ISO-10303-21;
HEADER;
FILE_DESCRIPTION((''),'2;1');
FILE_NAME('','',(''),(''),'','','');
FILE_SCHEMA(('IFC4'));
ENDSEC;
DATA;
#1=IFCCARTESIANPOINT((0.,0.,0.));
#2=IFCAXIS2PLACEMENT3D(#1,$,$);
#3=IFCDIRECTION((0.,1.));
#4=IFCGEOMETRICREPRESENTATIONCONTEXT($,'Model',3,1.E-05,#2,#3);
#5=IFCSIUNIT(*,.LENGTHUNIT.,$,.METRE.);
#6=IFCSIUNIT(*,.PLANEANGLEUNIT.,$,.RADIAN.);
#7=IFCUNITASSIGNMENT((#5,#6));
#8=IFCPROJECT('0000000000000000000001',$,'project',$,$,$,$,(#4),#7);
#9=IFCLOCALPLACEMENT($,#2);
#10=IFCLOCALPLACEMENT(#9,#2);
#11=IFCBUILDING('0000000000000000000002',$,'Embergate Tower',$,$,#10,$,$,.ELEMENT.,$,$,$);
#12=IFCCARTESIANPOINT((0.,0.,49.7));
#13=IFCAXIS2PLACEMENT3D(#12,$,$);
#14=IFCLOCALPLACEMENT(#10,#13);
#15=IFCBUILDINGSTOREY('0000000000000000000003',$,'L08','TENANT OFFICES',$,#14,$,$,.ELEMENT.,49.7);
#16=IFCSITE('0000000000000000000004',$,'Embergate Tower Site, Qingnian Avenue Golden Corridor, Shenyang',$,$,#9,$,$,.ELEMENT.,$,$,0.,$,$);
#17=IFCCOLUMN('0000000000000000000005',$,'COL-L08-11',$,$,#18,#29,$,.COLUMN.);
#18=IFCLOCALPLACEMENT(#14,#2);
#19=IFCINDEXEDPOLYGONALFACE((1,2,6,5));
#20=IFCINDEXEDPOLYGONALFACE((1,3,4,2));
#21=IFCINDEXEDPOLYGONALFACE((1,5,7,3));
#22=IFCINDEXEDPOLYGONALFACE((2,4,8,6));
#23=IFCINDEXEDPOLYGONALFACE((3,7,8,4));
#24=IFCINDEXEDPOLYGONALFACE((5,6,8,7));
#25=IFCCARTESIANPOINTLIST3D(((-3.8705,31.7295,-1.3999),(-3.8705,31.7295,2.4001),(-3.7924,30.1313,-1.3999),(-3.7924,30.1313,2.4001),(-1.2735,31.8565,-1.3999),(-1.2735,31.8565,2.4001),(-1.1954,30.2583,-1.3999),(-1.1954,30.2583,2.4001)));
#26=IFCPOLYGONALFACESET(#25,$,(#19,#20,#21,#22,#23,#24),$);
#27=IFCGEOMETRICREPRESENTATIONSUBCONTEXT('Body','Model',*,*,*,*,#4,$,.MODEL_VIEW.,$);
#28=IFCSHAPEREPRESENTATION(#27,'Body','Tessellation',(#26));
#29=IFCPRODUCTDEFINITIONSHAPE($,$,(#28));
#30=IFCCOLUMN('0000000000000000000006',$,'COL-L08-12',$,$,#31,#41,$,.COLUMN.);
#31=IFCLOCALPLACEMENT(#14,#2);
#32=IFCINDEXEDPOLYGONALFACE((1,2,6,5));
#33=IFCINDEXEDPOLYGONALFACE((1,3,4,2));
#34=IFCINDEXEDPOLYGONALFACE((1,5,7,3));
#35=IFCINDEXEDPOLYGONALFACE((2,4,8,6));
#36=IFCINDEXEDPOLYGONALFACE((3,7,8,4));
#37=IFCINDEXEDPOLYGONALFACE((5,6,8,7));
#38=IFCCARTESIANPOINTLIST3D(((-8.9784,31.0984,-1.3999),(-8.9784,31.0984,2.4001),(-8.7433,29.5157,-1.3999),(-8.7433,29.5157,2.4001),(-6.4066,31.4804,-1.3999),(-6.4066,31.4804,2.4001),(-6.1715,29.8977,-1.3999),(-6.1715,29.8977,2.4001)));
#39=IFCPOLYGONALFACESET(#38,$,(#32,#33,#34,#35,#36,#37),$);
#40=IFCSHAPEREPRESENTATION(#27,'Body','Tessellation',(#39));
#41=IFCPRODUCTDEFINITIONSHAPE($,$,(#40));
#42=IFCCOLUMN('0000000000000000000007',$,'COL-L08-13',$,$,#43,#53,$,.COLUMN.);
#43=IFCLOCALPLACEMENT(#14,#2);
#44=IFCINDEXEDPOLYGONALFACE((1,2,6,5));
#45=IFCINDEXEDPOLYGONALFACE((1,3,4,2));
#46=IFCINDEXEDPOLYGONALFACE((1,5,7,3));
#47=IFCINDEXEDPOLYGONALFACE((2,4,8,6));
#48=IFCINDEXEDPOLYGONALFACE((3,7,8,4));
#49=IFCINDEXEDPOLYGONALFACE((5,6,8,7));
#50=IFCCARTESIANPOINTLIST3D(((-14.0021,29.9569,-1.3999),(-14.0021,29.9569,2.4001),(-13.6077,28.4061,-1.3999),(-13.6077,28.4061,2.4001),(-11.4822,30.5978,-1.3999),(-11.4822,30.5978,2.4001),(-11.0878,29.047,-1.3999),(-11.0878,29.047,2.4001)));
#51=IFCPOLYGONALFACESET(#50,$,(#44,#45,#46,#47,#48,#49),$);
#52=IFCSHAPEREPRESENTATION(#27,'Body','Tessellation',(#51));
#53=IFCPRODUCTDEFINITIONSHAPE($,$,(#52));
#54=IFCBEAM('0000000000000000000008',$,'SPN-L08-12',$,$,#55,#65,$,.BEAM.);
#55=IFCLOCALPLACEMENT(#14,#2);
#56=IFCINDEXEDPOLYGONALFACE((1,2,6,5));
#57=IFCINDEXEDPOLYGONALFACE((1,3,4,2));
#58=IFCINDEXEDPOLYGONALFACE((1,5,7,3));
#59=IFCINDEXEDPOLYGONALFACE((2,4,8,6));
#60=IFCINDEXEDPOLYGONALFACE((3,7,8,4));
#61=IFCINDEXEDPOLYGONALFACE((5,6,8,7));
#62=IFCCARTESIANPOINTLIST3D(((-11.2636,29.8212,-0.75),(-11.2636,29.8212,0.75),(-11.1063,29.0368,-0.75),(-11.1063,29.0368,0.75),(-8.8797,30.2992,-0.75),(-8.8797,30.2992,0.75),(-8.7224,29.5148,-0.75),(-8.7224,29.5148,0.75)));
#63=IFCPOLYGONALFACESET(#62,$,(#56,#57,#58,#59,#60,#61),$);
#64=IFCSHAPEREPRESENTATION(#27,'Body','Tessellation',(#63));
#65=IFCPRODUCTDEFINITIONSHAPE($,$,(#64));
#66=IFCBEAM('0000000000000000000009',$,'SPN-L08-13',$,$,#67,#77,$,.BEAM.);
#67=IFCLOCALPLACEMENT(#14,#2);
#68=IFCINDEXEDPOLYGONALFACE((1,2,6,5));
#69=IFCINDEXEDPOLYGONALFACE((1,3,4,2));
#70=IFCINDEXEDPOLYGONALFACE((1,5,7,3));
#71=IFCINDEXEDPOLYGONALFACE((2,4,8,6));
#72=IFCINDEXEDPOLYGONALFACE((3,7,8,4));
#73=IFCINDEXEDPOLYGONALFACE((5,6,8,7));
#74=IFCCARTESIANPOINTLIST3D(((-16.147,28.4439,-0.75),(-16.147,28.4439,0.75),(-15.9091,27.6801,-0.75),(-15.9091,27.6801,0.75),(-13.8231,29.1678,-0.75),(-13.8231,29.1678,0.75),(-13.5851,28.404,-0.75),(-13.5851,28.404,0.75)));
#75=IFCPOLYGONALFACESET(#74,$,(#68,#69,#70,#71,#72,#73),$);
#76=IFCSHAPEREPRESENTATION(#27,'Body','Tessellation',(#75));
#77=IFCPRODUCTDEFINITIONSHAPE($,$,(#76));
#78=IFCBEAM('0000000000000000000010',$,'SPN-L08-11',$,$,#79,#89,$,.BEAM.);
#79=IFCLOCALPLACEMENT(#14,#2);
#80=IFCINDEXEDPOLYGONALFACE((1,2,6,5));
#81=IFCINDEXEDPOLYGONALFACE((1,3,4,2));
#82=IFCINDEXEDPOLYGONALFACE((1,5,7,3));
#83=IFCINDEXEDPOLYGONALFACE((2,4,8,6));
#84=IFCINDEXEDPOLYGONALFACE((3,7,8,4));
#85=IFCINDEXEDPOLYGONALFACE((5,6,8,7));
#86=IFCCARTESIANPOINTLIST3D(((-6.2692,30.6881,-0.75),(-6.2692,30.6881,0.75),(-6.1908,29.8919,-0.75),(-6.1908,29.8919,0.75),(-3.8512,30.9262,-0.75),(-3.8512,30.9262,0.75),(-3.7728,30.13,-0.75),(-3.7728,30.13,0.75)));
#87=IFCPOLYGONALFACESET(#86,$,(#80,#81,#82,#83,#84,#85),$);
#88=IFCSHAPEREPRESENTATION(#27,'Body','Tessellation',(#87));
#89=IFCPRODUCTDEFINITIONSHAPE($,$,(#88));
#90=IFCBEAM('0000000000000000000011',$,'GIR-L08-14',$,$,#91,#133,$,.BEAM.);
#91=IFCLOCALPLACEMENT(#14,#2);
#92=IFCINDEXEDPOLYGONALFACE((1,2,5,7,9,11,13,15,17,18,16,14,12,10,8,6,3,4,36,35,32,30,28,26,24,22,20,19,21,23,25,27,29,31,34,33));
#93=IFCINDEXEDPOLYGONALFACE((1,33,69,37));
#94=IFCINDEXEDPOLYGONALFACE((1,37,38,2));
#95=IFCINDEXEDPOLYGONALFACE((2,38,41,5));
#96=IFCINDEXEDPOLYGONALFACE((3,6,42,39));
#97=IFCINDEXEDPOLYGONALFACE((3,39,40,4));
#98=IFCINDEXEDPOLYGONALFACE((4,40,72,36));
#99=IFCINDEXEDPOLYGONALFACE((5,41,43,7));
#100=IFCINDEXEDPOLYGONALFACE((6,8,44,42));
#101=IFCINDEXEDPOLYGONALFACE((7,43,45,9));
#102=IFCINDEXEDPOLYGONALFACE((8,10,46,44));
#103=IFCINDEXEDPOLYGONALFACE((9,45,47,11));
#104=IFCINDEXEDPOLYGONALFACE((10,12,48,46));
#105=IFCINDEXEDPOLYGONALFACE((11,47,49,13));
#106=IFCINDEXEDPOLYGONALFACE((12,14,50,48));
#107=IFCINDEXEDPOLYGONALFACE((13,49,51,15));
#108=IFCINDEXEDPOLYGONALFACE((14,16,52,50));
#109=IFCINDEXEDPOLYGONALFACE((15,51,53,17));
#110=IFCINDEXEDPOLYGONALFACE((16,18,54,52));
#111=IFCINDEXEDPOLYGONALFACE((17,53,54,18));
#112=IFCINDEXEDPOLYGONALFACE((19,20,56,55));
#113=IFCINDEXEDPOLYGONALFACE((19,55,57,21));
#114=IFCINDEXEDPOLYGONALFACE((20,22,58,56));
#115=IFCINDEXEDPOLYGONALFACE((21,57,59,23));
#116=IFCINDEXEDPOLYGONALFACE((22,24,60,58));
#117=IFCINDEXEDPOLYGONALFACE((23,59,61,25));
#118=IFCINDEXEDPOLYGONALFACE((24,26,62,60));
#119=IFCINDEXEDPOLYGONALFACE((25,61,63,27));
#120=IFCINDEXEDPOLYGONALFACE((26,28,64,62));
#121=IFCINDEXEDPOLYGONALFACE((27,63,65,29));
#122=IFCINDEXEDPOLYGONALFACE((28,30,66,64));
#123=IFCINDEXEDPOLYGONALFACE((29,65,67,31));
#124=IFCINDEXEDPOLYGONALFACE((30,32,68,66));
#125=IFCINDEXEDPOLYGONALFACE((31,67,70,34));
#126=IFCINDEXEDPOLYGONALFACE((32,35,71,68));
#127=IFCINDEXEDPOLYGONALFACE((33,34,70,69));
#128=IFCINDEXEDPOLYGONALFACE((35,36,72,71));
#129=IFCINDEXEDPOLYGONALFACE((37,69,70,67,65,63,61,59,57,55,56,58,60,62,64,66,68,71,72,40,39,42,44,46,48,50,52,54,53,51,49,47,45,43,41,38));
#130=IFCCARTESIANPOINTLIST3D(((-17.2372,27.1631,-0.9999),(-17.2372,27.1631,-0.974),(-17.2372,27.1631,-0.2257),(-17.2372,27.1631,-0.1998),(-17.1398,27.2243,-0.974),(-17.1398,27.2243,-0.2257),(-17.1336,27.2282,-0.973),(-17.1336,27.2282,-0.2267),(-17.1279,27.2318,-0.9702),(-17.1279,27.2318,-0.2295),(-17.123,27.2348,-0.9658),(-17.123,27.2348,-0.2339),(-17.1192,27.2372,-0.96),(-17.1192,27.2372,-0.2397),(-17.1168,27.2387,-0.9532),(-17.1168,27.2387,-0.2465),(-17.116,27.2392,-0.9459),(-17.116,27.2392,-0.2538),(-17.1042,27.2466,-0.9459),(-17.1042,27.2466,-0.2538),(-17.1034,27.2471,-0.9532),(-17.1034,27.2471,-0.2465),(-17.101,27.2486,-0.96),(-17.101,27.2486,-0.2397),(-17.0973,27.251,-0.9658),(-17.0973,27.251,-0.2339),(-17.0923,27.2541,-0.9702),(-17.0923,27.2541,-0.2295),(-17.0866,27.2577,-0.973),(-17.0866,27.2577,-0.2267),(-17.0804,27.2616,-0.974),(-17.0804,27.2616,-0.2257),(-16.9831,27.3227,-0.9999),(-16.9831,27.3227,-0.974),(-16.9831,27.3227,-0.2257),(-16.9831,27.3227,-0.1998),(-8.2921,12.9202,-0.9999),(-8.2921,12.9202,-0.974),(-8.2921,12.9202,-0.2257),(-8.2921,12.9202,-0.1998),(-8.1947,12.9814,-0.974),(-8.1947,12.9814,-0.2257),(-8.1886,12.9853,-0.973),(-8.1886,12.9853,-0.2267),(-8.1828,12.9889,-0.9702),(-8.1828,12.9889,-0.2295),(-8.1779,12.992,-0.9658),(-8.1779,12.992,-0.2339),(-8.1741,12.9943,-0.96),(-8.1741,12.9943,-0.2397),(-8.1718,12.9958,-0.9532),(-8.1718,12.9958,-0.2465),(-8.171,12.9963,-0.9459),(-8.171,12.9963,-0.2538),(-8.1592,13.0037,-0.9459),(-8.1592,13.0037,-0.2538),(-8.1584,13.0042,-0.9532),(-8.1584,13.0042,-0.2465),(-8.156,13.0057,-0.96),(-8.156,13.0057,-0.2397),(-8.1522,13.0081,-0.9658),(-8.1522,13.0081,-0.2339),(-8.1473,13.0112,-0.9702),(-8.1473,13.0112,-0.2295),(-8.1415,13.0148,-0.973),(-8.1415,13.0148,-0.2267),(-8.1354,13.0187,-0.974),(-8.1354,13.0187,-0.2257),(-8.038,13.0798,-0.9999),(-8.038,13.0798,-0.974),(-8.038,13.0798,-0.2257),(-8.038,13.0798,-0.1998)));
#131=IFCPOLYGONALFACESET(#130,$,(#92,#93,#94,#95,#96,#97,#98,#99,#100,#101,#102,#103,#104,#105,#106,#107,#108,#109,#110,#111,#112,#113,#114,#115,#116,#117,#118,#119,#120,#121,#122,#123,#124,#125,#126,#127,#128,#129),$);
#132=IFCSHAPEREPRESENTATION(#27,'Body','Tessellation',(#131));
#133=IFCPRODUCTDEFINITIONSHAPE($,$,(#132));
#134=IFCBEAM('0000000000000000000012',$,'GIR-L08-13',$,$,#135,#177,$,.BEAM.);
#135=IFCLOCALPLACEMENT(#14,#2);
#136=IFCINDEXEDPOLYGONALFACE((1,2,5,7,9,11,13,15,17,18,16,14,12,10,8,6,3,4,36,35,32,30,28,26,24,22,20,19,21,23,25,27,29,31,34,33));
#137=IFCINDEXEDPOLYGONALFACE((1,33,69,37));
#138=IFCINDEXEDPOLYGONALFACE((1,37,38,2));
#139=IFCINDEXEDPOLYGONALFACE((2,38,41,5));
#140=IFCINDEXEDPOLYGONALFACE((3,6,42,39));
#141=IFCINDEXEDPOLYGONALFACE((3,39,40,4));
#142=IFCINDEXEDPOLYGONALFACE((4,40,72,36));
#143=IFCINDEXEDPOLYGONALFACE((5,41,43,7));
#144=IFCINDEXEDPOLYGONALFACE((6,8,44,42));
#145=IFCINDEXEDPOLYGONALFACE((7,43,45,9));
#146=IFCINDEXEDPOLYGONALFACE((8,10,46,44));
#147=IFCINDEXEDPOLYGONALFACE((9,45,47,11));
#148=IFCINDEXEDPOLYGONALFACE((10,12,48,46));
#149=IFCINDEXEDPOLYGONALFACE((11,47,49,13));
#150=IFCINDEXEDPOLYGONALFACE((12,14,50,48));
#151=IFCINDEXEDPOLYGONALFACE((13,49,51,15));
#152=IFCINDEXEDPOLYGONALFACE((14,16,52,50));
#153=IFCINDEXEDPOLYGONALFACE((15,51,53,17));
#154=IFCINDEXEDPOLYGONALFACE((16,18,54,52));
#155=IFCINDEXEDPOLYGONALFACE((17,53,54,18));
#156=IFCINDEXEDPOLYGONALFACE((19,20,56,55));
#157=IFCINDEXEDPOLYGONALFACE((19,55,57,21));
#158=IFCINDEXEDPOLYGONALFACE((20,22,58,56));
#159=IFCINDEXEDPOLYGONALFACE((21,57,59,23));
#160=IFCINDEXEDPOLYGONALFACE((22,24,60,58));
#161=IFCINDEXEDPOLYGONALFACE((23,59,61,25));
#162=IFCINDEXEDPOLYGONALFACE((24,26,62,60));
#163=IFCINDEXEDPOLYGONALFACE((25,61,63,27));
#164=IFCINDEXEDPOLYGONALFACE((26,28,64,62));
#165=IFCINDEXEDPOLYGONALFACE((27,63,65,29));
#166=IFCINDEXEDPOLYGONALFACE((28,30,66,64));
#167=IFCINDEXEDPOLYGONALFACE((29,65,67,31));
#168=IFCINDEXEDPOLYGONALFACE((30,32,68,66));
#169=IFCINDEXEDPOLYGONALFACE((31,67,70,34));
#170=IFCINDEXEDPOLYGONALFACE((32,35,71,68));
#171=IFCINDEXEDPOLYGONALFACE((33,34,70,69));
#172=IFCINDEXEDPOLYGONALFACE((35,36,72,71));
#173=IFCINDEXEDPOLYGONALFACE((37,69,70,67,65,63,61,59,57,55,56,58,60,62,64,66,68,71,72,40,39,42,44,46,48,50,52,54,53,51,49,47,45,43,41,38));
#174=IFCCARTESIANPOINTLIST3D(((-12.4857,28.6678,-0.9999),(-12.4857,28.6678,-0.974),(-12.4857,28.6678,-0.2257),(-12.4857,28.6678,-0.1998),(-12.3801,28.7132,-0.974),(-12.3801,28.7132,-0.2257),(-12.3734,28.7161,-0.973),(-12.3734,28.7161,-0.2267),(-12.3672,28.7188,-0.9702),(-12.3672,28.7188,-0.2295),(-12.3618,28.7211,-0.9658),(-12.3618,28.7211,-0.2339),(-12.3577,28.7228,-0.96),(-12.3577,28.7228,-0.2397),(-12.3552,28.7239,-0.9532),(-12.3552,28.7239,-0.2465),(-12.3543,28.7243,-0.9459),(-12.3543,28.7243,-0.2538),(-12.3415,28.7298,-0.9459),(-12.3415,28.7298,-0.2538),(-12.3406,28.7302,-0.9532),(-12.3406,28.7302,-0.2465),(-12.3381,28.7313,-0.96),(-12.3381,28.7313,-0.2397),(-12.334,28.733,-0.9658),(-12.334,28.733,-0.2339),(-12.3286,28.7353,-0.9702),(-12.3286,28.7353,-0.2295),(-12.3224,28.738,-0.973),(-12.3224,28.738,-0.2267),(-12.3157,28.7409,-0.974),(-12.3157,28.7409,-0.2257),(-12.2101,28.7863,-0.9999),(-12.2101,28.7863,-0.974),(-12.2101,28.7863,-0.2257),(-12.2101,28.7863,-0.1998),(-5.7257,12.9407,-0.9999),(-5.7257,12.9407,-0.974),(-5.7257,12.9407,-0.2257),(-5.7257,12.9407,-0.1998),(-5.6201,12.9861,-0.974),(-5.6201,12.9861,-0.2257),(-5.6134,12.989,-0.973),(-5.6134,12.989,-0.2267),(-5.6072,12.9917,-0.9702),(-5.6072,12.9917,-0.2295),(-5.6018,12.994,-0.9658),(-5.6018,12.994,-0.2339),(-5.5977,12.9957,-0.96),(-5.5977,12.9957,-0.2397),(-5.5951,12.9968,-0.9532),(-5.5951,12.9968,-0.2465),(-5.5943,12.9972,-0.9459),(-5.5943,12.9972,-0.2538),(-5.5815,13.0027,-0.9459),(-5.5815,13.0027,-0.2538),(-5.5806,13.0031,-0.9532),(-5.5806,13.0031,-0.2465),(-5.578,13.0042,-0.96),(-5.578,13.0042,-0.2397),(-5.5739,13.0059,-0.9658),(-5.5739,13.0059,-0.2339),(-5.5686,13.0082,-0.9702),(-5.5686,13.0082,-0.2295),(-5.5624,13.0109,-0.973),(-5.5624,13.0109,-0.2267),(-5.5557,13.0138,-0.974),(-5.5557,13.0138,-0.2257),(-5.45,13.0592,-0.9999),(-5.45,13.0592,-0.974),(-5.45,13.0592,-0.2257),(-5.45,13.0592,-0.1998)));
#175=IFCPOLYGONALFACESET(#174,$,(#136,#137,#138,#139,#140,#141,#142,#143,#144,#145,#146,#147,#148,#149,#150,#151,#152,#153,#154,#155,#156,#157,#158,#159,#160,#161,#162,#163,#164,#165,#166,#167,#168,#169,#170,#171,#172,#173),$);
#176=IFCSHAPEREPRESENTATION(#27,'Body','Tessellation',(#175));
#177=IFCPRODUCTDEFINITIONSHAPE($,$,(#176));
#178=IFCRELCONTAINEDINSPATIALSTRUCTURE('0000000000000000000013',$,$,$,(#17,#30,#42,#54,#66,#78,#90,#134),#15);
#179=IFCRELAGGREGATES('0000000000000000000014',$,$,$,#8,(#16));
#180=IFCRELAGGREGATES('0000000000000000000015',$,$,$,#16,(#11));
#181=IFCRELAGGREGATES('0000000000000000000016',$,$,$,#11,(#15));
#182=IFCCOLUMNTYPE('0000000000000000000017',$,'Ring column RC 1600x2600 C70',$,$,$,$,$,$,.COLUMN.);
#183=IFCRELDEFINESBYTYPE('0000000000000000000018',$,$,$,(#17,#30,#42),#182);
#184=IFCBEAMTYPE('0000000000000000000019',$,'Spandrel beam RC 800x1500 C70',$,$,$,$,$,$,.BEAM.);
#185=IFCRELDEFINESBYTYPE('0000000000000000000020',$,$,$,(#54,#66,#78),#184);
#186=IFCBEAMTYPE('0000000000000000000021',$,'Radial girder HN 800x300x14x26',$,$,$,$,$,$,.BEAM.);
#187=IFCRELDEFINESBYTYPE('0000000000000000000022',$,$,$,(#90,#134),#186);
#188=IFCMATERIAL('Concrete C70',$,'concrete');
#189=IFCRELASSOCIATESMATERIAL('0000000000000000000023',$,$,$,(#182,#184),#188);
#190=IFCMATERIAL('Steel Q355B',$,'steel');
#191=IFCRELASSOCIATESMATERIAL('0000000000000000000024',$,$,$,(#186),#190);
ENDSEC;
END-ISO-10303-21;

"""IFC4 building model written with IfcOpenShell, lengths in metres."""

from ifc_helpers import new_model, si_unit, direction, frame, origin, origin_2d, place, context, subcontext, project, spatial, rectangle, i_section, extrude, source, transform, mapped, material, material_profile, profile_set, type_object, element, save


model = new_model("IFC4")

# Units and contexts
model_context = context("Model", 3, precision=1e-05, world=origin(), true_north=direction((0.0, 1.0)))
body_context = subcontext(model_context, "Body", "Model", "MODEL_VIEW")
ifc_project = project(units=[si_unit("LENGTHUNIT", "METRE"), si_unit("PLANEANGLEUNIT", "RADIAN")], contexts=[model_context])

# Site, building, storey
site_placement = place(None, origin())
site = spatial("IfcSite", under=ifc_project, at=site_placement, Name="Embergate Tower Site, Qingnian Avenue Golden Corridor, Shenyang", CompositionType="ELEMENT", RefElevation=0.0)
building_placement = place(site_placement, origin())
building = spatial("IfcBuilding", under=site, at=building_placement, Name="Embergate Tower", CompositionType="ELEMENT")
storey_placement = place(building_placement, frame((0.0, 0.0, 49.7)))
storey = spatial("IfcBuildingStorey", under=building, at=storey_placement, Name="L08", Description="TENANT OFFICES", CompositionType="ELEMENT", Elevation=49.7)

# Columns
ifc_material_1 = material(Name="Concrete C70", Category="concrete")
ifc_material_profile_1 = material_profile(ifc_material_1, rectangle(XDim=1.6001, YDim=2.6001, at=origin_2d()), Name="RC 1600x2600")
ifc_profile_set_1 = profile_set([ifc_material_profile_1], Name="Concrete C70")
column_type = type_object("IfcColumnType", Name="Ring column RC 1600x2600 C70", PredefinedType="COLUMN", material=ifc_profile_set_1)
shared_shape_1 = source(origin(), body_context, "Body", "SweptSolid", [
    extrude(rectangle(XDim=1.6001, YDim=2.6001, at=origin_2d()), origin(), (0.0, 0.0, 1.0), 3.8),
])
for number, where, z_axis, x_axis, name in (
    (1, (-2.533, 30.9939, -1.3999), (0.0, 0.0, 1.0), (-0.048815, 0.998808, 0.0), "COL-L08-11"),
    (2, (-7.575, 30.498, -1.3999), (0.0, 0.0, 1.0), (-0.146929, 0.989147, 0.0), "COL-L08-12"),
    (3, (-12.5449, 29.502, -1.3999), (0.0, 0.0, 1.0), (-0.246492, 0.969145, 0.0), "COL-L08-13"),
):
    element("IfcColumn", number, at=place(storey_placement, frame(where, z_axis=z_axis, x_axis=x_axis)), inside=storey, type_object=column_type, Name=name, PredefinedType="COLUMN", context=body_context, shape_type="MappedRepresentation", body=[
        mapped(shared_shape_1, transform((0.0, 0.0, 0.0))),
    ])

# Beams
ifc_material_profile_2 = material_profile(ifc_material_1, rectangle(XDim=0.8, YDim=1.5, at=origin_2d()), Name="RC 800x1500")
ifc_profile_set_2 = profile_set([ifc_material_profile_2], Name="Concrete C70")
beam_type_1 = type_object("IfcBeamType", Name="Spandrel beam RC 800x1500 C70", PredefinedType="BEAM", material=ifc_profile_set_2)
shared_shape_2 = source(origin(), body_context, "Body", "SweptSolid", [
    extrude(rectangle(XDim=0.8, YDim=1.5, at=origin_2d()), origin(), (0.0, 0.0, 1.0), 2.4314),
])
beam_1_placement = place(storey_placement, frame((-8.801, 29.907, 0.0), z_axis=(-0.980484, -0.196599, 0.0), x_axis=(0.196599, -0.980484, 0.0)))
element("IfcBeam", 4, at=beam_1_placement, inside=storey, type_object=beam_type_1, Name="SPN-L08-12", PredefinedType="BEAM", context=body_context, shape_type="MappedRepresentation", body=[
    mapped(shared_shape_2, transform((0.0, 0.0, 0.0))),
])
shared_shape_3 = source(origin(), body_context, "Body", "SweptSolid", [
    extrude(rectangle(XDim=0.8, YDim=1.5, at=origin_2d()), origin(), (0.0, 0.0, 1.0), 2.4341),
])
beam_2_placement = place(storey_placement, frame((-13.7041, 28.7859, 0.0), z_axis=(-0.954756, -0.29739, 0.0), x_axis=(0.29739, -0.954756, 0.0)))
element("IfcBeam", 5, at=beam_2_placement, inside=storey, type_object=beam_type_1, Name="SPN-L08-13", PredefinedType="BEAM", context=body_context, shape_type="MappedRepresentation", body=[
    mapped(shared_shape_3, transform((0.0, 0.0, 0.0))),
])
shared_shape_4 = source(origin(), body_context, "Body", "SweptSolid", [
    extrude(rectangle(XDim=0.8, YDim=1.5, at=origin_2d()), origin(), (0.0, 0.0, 1.0), 2.4297),
])
beam_3_placement = place(storey_placement, frame((-3.812, 30.5281, 0.0), z_axis=(-0.995189, -0.097971, 0.0), x_axis=(0.097971, -0.995189, 0.0)))
element("IfcBeam", 6, at=beam_3_placement, inside=storey, type_object=beam_type_1, Name="SPN-L08-11", PredefinedType="BEAM", context=body_context, shape_type="MappedRepresentation", body=[
    mapped(shared_shape_4, transform((0.0, 0.0, 0.0))),
])
ifc_material_2 = material(Name="Steel Q355B", Category="steel")
ifc_material_profile_3 = material_profile(ifc_material_2, i_section(OverallWidth=0.3, OverallDepth=0.8, WebThickness=0.0139, FlangeThickness=0.0259, FilletRadius=0.0281, at=origin_2d()), Name="HN 800x300x14x26")
ifc_profile_set_3 = profile_set([ifc_material_profile_3], Name="Steel Q355 grade B")
beam_type_2 = type_object("IfcBeamType", Name="Radial girder HN 800x300x14x26", PredefinedType="BEAM", material=ifc_profile_set_3)
shared_shape_5 = source(origin(), body_context, "Body", "SweptSolid", [
    extrude(i_section(OverallWidth=0.3, OverallDepth=0.8, WebThickness=0.0139, FlangeThickness=0.0259, FilletRadius=0.0281, at=origin_2d()), origin(), (0.0, 0.0, 1.0), 16.8188),
])
beam_4_placement = place(storey_placement, frame((-17.1101, 27.2429, -0.5999), z_axis=(0.531847, -0.846841, 0.0), x_axis=(0.846841, 0.531847, 0.0)))
element("IfcBeam", 7, at=beam_4_placement, inside=storey, type_object=beam_type_2, Name="GIR-L08-14", PredefinedType="BEAM", context=body_context, shape_type="MappedRepresentation", body=[
    mapped(shared_shape_5, transform((0.0, 0.0, 0.0))),
])
shared_shape_6 = source(origin(), body_context, "Body", "SweptSolid", [
    extrude(i_section(OverallWidth=0.3, OverallDepth=0.8, WebThickness=0.0139, FlangeThickness=0.0259, FilletRadius=0.0281, at=origin_2d()), origin(), (0.0, 0.0, 1.0), 17.1184),
])
beam_5_placement = place(storey_placement, frame((-12.3479, 28.7271, -0.5999), z_axis=(0.394898, -0.918725, 0.0), x_axis=(0.918725, 0.394898, 0.0)))
element("IfcBeam", 8, at=beam_5_placement, inside=storey, type_object=beam_type_2, Name="GIR-L08-13", PredefinedType="BEAM", context=body_context, shape_type="MappedRepresentation", body=[
    mapped(shared_shape_6, transform((0.0, 0.0, 0.0))),
])

save(model, "model.ifc")
